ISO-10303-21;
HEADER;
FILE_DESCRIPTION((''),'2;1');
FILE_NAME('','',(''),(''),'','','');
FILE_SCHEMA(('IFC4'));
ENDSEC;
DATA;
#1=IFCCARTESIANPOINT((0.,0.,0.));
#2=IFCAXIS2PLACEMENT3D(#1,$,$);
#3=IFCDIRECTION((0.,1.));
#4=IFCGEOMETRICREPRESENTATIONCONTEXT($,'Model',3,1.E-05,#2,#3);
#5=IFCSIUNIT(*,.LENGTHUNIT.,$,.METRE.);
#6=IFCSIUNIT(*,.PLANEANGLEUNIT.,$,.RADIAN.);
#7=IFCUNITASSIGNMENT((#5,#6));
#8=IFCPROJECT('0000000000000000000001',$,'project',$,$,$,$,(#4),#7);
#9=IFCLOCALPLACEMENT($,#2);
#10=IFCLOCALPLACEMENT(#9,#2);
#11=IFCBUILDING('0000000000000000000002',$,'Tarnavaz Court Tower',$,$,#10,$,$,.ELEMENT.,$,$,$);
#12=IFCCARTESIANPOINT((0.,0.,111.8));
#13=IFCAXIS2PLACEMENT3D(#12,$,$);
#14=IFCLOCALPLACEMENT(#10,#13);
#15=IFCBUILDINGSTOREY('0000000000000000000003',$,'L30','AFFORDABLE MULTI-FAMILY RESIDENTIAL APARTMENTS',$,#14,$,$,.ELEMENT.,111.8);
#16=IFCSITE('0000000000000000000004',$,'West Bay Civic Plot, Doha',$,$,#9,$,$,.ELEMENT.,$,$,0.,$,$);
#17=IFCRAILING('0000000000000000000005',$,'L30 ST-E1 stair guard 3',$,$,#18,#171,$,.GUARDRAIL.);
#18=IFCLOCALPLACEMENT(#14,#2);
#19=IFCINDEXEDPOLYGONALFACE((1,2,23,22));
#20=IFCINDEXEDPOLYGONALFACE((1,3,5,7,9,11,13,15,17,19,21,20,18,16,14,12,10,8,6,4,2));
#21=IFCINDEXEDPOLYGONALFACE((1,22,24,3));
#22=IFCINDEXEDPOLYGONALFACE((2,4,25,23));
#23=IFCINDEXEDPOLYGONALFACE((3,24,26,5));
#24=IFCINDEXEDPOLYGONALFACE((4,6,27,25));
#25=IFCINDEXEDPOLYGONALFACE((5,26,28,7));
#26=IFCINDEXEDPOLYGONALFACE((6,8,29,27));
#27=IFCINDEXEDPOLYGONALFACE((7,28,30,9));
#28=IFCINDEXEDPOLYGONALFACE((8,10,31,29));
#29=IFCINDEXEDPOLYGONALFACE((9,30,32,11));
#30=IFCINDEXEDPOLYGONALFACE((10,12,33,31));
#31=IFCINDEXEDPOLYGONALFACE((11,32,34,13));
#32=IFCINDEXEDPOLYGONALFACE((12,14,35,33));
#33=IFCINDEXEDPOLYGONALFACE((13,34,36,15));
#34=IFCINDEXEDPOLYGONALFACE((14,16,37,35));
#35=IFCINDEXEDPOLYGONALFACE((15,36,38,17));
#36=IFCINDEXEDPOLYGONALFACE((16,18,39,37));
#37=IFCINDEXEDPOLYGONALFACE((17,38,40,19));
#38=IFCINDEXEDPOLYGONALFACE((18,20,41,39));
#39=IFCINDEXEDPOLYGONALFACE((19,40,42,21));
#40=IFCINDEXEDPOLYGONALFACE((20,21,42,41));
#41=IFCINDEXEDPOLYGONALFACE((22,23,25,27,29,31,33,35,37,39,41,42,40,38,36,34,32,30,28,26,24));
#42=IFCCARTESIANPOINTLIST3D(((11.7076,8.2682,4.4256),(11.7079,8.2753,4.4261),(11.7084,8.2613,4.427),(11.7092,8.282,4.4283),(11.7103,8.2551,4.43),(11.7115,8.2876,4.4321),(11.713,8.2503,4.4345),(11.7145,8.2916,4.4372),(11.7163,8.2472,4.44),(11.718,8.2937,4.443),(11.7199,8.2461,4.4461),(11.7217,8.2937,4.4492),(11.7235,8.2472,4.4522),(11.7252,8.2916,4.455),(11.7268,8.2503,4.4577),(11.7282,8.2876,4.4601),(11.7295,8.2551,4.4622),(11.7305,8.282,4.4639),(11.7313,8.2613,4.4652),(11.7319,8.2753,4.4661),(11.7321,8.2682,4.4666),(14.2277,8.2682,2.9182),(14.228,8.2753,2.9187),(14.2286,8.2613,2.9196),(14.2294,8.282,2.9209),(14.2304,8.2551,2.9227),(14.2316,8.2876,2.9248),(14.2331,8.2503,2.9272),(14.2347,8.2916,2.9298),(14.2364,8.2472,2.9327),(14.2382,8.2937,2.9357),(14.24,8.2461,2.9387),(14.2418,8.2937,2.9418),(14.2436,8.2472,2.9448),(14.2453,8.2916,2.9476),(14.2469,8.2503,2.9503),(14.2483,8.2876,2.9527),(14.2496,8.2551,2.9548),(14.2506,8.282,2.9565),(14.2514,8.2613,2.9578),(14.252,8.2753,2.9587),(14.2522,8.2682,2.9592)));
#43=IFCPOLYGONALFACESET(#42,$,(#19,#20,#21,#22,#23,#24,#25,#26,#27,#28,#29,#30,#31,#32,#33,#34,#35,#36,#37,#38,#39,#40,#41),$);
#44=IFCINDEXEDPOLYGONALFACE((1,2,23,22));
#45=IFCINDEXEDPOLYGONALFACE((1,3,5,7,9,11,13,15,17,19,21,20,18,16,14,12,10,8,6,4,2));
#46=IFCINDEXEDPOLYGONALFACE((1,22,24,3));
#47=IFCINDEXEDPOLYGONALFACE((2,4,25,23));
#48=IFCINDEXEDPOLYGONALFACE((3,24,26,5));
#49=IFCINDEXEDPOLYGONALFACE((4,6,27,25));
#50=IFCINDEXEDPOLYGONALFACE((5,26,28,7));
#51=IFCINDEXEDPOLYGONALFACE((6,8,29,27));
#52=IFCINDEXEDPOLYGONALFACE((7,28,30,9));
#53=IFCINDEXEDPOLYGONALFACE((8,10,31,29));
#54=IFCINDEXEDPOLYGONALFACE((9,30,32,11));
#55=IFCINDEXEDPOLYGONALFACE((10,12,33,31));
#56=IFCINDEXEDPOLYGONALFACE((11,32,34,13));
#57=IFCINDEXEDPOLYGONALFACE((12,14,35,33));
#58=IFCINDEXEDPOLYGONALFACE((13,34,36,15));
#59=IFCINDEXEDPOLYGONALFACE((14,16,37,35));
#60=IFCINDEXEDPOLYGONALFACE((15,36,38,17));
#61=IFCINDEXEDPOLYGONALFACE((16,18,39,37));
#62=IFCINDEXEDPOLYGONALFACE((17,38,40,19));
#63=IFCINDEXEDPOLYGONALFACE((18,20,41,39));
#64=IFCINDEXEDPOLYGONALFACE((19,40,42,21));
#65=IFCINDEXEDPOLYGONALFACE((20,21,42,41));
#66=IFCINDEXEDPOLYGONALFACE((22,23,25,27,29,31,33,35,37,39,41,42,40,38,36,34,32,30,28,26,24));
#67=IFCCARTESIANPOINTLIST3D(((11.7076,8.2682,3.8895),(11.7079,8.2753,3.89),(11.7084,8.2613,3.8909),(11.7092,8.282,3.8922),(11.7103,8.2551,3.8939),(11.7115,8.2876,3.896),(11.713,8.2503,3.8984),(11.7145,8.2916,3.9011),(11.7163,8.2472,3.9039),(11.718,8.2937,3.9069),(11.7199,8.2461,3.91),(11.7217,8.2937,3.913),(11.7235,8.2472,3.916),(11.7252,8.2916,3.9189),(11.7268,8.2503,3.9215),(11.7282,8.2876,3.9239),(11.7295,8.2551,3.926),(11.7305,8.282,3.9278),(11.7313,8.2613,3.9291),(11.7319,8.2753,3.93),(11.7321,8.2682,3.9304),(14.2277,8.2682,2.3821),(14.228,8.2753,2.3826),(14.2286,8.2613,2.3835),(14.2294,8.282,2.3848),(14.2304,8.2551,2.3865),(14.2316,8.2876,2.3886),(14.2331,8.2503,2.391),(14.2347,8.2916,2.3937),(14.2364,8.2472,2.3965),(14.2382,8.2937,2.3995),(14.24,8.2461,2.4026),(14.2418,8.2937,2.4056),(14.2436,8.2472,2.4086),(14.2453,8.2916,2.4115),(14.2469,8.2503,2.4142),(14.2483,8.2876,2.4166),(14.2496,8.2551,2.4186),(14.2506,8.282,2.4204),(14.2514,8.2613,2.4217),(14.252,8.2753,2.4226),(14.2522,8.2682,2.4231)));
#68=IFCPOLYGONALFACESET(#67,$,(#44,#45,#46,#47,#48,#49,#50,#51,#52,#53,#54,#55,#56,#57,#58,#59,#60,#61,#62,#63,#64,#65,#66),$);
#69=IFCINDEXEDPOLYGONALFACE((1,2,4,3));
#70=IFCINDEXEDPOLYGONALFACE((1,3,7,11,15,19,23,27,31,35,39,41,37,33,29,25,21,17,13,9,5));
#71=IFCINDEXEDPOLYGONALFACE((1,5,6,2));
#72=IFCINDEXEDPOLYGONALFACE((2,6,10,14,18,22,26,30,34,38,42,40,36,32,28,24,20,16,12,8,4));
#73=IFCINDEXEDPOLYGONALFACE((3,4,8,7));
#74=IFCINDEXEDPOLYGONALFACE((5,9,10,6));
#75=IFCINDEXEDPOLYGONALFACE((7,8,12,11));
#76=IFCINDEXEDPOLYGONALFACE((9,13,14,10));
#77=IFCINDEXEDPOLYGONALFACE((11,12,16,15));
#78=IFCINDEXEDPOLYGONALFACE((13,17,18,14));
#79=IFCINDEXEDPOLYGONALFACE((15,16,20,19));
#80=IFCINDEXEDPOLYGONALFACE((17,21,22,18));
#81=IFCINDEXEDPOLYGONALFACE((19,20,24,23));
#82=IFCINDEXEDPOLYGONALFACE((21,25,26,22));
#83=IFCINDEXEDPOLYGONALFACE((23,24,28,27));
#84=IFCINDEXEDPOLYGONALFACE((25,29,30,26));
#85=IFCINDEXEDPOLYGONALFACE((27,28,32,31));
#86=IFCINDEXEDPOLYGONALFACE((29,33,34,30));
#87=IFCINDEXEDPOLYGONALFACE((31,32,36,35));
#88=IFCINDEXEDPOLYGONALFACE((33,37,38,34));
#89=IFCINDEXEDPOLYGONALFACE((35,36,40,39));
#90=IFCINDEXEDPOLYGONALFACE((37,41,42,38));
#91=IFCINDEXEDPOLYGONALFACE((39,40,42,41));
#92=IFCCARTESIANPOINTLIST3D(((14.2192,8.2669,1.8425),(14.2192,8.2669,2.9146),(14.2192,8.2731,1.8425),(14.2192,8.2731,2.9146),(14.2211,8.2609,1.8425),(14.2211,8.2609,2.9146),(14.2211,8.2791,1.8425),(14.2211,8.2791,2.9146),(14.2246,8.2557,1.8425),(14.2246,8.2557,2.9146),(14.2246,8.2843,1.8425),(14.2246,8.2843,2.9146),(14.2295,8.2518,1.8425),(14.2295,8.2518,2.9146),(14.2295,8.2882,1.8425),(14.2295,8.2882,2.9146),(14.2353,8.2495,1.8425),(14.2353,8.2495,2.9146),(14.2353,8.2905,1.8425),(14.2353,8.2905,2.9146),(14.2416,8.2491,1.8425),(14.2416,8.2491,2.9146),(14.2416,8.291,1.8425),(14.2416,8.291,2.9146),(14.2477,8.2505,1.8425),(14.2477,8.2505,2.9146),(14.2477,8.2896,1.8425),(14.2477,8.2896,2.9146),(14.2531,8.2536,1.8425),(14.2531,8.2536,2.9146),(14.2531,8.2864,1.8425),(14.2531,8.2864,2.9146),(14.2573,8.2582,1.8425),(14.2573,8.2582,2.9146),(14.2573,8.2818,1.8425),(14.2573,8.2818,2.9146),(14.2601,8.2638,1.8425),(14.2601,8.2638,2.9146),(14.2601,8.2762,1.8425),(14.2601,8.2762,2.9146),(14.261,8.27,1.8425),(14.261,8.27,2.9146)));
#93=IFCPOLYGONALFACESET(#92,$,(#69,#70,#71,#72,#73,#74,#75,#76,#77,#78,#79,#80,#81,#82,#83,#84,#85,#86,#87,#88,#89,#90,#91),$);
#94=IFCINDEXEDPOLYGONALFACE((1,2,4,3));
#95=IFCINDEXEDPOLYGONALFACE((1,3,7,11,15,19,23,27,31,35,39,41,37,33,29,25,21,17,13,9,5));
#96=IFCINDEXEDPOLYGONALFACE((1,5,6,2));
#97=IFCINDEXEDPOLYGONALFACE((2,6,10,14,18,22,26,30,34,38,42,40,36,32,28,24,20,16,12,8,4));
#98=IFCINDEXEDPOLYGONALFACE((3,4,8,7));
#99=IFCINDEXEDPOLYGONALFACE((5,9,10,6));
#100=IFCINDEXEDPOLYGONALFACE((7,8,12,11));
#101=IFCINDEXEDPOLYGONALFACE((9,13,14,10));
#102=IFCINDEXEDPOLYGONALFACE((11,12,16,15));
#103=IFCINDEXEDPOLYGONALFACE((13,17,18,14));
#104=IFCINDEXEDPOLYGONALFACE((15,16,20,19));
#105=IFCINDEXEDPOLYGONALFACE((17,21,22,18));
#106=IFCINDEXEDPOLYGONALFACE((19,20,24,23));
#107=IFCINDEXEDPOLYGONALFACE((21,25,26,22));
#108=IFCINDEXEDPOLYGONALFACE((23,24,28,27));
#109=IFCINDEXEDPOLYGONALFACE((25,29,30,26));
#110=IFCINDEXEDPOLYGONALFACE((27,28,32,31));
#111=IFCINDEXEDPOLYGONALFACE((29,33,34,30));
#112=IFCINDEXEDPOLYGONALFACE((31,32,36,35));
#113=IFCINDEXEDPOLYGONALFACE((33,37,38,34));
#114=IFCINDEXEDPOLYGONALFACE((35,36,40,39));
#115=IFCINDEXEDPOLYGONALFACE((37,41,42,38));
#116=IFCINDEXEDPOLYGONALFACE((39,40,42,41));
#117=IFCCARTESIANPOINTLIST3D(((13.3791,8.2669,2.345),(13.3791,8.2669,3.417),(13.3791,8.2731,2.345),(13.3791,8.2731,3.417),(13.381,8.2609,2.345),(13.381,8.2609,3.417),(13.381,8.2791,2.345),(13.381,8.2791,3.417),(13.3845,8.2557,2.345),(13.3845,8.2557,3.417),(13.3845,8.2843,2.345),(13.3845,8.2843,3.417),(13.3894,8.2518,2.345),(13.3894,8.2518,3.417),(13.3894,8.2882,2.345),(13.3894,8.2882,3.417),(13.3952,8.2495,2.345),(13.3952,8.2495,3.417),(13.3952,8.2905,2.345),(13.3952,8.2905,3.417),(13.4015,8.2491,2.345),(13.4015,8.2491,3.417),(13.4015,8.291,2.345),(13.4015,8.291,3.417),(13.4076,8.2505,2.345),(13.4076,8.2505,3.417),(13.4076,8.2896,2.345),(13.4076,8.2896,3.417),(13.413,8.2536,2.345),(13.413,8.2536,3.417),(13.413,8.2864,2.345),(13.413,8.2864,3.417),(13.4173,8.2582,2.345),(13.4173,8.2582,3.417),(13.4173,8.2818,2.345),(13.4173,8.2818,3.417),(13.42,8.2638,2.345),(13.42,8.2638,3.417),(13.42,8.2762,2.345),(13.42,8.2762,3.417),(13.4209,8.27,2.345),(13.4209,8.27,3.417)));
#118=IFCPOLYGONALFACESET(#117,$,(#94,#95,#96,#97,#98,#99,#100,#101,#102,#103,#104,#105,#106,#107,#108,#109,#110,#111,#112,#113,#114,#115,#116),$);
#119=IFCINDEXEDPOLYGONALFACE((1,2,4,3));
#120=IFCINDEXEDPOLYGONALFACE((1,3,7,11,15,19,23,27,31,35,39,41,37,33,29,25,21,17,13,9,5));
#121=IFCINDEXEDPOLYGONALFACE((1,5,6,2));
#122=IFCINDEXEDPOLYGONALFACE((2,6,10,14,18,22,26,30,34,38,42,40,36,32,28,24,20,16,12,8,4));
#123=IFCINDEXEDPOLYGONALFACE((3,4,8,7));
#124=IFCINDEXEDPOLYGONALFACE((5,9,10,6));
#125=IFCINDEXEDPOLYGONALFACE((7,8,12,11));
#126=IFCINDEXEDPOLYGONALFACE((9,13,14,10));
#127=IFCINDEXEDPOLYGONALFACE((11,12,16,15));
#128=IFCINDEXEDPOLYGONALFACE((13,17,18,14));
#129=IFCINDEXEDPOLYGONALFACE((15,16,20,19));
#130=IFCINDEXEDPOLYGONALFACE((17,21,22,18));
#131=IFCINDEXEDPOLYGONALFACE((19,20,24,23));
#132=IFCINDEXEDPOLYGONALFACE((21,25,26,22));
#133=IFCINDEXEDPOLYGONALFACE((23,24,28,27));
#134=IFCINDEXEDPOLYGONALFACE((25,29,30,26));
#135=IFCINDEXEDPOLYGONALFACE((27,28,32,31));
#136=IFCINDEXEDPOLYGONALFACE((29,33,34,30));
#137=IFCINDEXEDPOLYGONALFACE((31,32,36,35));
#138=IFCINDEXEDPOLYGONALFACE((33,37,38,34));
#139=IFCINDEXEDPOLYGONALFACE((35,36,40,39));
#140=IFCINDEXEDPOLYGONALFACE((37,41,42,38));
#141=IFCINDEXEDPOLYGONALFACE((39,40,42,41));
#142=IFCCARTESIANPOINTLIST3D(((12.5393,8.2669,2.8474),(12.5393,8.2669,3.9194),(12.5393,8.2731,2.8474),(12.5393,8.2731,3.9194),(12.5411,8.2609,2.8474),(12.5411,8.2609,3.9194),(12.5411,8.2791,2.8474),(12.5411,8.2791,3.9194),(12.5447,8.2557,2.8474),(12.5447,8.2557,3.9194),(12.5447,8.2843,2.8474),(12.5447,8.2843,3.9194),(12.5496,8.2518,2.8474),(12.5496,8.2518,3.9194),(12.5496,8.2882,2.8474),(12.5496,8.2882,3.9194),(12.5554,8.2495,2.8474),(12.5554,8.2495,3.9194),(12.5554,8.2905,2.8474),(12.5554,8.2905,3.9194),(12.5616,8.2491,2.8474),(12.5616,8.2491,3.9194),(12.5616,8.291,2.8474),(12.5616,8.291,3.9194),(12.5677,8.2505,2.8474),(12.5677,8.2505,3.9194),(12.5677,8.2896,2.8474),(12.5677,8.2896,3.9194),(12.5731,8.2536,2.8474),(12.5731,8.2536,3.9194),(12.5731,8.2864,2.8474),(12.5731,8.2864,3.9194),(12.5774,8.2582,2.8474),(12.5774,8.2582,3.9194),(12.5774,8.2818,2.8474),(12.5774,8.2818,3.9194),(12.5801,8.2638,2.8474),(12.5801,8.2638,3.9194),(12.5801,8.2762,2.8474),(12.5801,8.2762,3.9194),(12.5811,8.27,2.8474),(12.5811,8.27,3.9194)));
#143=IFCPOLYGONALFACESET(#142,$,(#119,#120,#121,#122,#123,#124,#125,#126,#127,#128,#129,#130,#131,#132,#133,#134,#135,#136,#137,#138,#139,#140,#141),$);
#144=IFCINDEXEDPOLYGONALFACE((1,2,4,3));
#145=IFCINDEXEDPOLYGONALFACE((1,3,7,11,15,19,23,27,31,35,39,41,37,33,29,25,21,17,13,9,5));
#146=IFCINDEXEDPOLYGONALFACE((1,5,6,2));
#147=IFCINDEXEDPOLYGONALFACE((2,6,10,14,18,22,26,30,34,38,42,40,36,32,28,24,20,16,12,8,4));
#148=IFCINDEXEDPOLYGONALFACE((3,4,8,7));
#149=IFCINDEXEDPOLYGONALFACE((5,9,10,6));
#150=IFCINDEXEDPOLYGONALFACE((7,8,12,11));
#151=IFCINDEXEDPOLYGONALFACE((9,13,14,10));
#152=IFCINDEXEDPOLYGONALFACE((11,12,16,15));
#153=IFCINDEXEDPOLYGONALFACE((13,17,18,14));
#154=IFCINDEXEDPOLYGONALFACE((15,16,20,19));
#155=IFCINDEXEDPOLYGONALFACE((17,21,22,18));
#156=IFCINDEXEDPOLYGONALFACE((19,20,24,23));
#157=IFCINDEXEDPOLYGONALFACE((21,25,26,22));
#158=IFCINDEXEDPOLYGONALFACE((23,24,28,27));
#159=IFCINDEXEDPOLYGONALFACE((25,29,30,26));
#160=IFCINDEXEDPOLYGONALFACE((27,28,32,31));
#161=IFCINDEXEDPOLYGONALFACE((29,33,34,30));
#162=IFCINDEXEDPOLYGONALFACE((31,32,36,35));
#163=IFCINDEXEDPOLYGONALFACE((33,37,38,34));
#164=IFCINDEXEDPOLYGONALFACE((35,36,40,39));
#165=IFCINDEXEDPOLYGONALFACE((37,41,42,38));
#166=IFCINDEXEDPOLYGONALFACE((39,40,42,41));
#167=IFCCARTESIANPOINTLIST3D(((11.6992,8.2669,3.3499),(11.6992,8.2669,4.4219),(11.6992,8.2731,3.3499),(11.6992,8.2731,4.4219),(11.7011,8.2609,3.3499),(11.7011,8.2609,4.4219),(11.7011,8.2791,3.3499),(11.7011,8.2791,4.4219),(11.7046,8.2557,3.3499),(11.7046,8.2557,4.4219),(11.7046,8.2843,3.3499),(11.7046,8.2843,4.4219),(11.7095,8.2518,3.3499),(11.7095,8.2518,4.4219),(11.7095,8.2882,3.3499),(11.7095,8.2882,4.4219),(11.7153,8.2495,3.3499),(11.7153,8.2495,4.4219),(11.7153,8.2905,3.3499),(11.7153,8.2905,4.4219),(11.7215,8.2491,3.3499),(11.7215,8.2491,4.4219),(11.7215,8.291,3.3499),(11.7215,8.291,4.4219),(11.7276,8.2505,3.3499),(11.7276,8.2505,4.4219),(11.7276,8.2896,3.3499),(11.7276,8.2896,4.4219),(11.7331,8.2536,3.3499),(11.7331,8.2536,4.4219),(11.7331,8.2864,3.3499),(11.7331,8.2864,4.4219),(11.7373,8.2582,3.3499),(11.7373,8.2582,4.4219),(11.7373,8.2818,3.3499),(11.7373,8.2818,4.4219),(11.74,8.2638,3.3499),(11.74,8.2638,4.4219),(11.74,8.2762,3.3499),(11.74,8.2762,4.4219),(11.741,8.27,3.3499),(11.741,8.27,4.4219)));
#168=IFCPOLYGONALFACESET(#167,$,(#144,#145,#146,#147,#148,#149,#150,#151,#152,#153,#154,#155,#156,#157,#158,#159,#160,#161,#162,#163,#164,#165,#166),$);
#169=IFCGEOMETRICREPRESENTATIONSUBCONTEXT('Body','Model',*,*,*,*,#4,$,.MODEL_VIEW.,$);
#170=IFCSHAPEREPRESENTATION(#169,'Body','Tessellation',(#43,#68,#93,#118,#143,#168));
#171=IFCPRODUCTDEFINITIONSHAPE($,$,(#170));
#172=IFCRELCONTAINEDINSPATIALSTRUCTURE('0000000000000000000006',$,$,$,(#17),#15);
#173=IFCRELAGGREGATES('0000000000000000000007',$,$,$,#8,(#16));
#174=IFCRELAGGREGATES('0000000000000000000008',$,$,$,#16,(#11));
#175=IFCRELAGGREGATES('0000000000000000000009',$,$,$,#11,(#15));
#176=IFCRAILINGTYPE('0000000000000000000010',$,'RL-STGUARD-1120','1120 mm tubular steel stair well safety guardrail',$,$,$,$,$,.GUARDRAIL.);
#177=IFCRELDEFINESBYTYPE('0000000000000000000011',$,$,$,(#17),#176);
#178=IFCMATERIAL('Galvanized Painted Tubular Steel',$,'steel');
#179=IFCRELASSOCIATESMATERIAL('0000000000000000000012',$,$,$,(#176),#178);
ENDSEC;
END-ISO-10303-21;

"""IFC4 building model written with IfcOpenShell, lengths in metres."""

from ifc_helpers import new_model, si_unit, direction, frame, origin, origin_2d, place, context, subcontext, project, spatial, circle, extrude, material, type_object, element, save


model = new_model("IFC4")

# Units and contexts
model_context = context("Model", 3, precision=1e-05, world=origin(), true_north=direction((0.0, 1.0)))
body_context = subcontext(model_context, "Body", "Model", "MODEL_VIEW")
ifc_project = project(units=[si_unit("LENGTHUNIT", "METRE"), si_unit("PLANEANGLEUNIT", "RADIAN")], contexts=[model_context])

# Site, building, storey
site_placement = place(None, origin())
site = spatial("IfcSite", under=ifc_project, at=site_placement, Name="West Bay Civic Plot, Doha", CompositionType="ELEMENT", RefElevation=0.0)
building_placement = place(site_placement, origin())
building = spatial("IfcBuilding", under=site, at=building_placement, Name="Tarnavaz Court Tower", CompositionType="ELEMENT")
storey_placement = place(building_placement, frame((0.0, 0.0, 111.8)))
storey = spatial("IfcBuildingStorey", under=building, at=storey_placement, Name="L30", Description="AFFORDABLE MULTI-FAMILY RESIDENTIAL APARTMENTS", CompositionType="ELEMENT", Elevation=111.8)

# Railing
ifc_material_1 = material(Name="Galvanized Painted Tubular Steel", Category="steel")
railing_type_1 = type_object("IfcRailingType", Name="RL-STGUARD-1120", Description="1120 mm tubular steel stair well safety guardrail", PredefinedType="GUARDRAIL", material=ifc_material_1)
railing_1_placement = place(storey_placement, frame((14.24, 8.27, 1.8425)))
element("IfcRailing", 1, at=railing_1_placement, inside=storey, type_object=railing_type_1, Name="L30 ST-E1 stair guard 3", PredefinedType="GUARDRAIL", context=body_context, shape_type="SweptSolid", body=[
    extrude(circle(Radius=0.0239, at=origin_2d()), frame((0.0, 0.0, 1.0962), z_axis=(-0.858196, 0.0, 0.513321), x_axis=(0.0, -1.0, 0.0)), (0.0, 0.0, 1.0), 2.9365),
    extrude(circle(Radius=0.0239, at=origin_2d()), frame((0.0, 0.0, 0.5601), z_axis=(-0.858196, 0.0, 0.513321), x_axis=(0.0, -1.0, 0.0)), (0.0, 0.0, 1.0), 2.9365),
    extrude(circle(Radius=0.021, at=origin_2d()), origin(), (0.0, 0.0, 1.0), 1.072),
    extrude(circle(Radius=0.021, at=origin_2d()), frame((-0.8401, 0.0, 0.5024)), (0.0, 0.0, 1.0), 1.072),
    extrude(circle(Radius=0.021, at=origin_2d()), frame((-1.6799, 0.0, 1.0049)), (0.0, 0.0, 1.0), 1.072),
    extrude(circle(Radius=0.021, at=origin_2d()), frame((-2.52, 0.0, 1.5073)), (0.0, 0.0, 1.0), 1.072),
])

save(model, "model.ifc")
